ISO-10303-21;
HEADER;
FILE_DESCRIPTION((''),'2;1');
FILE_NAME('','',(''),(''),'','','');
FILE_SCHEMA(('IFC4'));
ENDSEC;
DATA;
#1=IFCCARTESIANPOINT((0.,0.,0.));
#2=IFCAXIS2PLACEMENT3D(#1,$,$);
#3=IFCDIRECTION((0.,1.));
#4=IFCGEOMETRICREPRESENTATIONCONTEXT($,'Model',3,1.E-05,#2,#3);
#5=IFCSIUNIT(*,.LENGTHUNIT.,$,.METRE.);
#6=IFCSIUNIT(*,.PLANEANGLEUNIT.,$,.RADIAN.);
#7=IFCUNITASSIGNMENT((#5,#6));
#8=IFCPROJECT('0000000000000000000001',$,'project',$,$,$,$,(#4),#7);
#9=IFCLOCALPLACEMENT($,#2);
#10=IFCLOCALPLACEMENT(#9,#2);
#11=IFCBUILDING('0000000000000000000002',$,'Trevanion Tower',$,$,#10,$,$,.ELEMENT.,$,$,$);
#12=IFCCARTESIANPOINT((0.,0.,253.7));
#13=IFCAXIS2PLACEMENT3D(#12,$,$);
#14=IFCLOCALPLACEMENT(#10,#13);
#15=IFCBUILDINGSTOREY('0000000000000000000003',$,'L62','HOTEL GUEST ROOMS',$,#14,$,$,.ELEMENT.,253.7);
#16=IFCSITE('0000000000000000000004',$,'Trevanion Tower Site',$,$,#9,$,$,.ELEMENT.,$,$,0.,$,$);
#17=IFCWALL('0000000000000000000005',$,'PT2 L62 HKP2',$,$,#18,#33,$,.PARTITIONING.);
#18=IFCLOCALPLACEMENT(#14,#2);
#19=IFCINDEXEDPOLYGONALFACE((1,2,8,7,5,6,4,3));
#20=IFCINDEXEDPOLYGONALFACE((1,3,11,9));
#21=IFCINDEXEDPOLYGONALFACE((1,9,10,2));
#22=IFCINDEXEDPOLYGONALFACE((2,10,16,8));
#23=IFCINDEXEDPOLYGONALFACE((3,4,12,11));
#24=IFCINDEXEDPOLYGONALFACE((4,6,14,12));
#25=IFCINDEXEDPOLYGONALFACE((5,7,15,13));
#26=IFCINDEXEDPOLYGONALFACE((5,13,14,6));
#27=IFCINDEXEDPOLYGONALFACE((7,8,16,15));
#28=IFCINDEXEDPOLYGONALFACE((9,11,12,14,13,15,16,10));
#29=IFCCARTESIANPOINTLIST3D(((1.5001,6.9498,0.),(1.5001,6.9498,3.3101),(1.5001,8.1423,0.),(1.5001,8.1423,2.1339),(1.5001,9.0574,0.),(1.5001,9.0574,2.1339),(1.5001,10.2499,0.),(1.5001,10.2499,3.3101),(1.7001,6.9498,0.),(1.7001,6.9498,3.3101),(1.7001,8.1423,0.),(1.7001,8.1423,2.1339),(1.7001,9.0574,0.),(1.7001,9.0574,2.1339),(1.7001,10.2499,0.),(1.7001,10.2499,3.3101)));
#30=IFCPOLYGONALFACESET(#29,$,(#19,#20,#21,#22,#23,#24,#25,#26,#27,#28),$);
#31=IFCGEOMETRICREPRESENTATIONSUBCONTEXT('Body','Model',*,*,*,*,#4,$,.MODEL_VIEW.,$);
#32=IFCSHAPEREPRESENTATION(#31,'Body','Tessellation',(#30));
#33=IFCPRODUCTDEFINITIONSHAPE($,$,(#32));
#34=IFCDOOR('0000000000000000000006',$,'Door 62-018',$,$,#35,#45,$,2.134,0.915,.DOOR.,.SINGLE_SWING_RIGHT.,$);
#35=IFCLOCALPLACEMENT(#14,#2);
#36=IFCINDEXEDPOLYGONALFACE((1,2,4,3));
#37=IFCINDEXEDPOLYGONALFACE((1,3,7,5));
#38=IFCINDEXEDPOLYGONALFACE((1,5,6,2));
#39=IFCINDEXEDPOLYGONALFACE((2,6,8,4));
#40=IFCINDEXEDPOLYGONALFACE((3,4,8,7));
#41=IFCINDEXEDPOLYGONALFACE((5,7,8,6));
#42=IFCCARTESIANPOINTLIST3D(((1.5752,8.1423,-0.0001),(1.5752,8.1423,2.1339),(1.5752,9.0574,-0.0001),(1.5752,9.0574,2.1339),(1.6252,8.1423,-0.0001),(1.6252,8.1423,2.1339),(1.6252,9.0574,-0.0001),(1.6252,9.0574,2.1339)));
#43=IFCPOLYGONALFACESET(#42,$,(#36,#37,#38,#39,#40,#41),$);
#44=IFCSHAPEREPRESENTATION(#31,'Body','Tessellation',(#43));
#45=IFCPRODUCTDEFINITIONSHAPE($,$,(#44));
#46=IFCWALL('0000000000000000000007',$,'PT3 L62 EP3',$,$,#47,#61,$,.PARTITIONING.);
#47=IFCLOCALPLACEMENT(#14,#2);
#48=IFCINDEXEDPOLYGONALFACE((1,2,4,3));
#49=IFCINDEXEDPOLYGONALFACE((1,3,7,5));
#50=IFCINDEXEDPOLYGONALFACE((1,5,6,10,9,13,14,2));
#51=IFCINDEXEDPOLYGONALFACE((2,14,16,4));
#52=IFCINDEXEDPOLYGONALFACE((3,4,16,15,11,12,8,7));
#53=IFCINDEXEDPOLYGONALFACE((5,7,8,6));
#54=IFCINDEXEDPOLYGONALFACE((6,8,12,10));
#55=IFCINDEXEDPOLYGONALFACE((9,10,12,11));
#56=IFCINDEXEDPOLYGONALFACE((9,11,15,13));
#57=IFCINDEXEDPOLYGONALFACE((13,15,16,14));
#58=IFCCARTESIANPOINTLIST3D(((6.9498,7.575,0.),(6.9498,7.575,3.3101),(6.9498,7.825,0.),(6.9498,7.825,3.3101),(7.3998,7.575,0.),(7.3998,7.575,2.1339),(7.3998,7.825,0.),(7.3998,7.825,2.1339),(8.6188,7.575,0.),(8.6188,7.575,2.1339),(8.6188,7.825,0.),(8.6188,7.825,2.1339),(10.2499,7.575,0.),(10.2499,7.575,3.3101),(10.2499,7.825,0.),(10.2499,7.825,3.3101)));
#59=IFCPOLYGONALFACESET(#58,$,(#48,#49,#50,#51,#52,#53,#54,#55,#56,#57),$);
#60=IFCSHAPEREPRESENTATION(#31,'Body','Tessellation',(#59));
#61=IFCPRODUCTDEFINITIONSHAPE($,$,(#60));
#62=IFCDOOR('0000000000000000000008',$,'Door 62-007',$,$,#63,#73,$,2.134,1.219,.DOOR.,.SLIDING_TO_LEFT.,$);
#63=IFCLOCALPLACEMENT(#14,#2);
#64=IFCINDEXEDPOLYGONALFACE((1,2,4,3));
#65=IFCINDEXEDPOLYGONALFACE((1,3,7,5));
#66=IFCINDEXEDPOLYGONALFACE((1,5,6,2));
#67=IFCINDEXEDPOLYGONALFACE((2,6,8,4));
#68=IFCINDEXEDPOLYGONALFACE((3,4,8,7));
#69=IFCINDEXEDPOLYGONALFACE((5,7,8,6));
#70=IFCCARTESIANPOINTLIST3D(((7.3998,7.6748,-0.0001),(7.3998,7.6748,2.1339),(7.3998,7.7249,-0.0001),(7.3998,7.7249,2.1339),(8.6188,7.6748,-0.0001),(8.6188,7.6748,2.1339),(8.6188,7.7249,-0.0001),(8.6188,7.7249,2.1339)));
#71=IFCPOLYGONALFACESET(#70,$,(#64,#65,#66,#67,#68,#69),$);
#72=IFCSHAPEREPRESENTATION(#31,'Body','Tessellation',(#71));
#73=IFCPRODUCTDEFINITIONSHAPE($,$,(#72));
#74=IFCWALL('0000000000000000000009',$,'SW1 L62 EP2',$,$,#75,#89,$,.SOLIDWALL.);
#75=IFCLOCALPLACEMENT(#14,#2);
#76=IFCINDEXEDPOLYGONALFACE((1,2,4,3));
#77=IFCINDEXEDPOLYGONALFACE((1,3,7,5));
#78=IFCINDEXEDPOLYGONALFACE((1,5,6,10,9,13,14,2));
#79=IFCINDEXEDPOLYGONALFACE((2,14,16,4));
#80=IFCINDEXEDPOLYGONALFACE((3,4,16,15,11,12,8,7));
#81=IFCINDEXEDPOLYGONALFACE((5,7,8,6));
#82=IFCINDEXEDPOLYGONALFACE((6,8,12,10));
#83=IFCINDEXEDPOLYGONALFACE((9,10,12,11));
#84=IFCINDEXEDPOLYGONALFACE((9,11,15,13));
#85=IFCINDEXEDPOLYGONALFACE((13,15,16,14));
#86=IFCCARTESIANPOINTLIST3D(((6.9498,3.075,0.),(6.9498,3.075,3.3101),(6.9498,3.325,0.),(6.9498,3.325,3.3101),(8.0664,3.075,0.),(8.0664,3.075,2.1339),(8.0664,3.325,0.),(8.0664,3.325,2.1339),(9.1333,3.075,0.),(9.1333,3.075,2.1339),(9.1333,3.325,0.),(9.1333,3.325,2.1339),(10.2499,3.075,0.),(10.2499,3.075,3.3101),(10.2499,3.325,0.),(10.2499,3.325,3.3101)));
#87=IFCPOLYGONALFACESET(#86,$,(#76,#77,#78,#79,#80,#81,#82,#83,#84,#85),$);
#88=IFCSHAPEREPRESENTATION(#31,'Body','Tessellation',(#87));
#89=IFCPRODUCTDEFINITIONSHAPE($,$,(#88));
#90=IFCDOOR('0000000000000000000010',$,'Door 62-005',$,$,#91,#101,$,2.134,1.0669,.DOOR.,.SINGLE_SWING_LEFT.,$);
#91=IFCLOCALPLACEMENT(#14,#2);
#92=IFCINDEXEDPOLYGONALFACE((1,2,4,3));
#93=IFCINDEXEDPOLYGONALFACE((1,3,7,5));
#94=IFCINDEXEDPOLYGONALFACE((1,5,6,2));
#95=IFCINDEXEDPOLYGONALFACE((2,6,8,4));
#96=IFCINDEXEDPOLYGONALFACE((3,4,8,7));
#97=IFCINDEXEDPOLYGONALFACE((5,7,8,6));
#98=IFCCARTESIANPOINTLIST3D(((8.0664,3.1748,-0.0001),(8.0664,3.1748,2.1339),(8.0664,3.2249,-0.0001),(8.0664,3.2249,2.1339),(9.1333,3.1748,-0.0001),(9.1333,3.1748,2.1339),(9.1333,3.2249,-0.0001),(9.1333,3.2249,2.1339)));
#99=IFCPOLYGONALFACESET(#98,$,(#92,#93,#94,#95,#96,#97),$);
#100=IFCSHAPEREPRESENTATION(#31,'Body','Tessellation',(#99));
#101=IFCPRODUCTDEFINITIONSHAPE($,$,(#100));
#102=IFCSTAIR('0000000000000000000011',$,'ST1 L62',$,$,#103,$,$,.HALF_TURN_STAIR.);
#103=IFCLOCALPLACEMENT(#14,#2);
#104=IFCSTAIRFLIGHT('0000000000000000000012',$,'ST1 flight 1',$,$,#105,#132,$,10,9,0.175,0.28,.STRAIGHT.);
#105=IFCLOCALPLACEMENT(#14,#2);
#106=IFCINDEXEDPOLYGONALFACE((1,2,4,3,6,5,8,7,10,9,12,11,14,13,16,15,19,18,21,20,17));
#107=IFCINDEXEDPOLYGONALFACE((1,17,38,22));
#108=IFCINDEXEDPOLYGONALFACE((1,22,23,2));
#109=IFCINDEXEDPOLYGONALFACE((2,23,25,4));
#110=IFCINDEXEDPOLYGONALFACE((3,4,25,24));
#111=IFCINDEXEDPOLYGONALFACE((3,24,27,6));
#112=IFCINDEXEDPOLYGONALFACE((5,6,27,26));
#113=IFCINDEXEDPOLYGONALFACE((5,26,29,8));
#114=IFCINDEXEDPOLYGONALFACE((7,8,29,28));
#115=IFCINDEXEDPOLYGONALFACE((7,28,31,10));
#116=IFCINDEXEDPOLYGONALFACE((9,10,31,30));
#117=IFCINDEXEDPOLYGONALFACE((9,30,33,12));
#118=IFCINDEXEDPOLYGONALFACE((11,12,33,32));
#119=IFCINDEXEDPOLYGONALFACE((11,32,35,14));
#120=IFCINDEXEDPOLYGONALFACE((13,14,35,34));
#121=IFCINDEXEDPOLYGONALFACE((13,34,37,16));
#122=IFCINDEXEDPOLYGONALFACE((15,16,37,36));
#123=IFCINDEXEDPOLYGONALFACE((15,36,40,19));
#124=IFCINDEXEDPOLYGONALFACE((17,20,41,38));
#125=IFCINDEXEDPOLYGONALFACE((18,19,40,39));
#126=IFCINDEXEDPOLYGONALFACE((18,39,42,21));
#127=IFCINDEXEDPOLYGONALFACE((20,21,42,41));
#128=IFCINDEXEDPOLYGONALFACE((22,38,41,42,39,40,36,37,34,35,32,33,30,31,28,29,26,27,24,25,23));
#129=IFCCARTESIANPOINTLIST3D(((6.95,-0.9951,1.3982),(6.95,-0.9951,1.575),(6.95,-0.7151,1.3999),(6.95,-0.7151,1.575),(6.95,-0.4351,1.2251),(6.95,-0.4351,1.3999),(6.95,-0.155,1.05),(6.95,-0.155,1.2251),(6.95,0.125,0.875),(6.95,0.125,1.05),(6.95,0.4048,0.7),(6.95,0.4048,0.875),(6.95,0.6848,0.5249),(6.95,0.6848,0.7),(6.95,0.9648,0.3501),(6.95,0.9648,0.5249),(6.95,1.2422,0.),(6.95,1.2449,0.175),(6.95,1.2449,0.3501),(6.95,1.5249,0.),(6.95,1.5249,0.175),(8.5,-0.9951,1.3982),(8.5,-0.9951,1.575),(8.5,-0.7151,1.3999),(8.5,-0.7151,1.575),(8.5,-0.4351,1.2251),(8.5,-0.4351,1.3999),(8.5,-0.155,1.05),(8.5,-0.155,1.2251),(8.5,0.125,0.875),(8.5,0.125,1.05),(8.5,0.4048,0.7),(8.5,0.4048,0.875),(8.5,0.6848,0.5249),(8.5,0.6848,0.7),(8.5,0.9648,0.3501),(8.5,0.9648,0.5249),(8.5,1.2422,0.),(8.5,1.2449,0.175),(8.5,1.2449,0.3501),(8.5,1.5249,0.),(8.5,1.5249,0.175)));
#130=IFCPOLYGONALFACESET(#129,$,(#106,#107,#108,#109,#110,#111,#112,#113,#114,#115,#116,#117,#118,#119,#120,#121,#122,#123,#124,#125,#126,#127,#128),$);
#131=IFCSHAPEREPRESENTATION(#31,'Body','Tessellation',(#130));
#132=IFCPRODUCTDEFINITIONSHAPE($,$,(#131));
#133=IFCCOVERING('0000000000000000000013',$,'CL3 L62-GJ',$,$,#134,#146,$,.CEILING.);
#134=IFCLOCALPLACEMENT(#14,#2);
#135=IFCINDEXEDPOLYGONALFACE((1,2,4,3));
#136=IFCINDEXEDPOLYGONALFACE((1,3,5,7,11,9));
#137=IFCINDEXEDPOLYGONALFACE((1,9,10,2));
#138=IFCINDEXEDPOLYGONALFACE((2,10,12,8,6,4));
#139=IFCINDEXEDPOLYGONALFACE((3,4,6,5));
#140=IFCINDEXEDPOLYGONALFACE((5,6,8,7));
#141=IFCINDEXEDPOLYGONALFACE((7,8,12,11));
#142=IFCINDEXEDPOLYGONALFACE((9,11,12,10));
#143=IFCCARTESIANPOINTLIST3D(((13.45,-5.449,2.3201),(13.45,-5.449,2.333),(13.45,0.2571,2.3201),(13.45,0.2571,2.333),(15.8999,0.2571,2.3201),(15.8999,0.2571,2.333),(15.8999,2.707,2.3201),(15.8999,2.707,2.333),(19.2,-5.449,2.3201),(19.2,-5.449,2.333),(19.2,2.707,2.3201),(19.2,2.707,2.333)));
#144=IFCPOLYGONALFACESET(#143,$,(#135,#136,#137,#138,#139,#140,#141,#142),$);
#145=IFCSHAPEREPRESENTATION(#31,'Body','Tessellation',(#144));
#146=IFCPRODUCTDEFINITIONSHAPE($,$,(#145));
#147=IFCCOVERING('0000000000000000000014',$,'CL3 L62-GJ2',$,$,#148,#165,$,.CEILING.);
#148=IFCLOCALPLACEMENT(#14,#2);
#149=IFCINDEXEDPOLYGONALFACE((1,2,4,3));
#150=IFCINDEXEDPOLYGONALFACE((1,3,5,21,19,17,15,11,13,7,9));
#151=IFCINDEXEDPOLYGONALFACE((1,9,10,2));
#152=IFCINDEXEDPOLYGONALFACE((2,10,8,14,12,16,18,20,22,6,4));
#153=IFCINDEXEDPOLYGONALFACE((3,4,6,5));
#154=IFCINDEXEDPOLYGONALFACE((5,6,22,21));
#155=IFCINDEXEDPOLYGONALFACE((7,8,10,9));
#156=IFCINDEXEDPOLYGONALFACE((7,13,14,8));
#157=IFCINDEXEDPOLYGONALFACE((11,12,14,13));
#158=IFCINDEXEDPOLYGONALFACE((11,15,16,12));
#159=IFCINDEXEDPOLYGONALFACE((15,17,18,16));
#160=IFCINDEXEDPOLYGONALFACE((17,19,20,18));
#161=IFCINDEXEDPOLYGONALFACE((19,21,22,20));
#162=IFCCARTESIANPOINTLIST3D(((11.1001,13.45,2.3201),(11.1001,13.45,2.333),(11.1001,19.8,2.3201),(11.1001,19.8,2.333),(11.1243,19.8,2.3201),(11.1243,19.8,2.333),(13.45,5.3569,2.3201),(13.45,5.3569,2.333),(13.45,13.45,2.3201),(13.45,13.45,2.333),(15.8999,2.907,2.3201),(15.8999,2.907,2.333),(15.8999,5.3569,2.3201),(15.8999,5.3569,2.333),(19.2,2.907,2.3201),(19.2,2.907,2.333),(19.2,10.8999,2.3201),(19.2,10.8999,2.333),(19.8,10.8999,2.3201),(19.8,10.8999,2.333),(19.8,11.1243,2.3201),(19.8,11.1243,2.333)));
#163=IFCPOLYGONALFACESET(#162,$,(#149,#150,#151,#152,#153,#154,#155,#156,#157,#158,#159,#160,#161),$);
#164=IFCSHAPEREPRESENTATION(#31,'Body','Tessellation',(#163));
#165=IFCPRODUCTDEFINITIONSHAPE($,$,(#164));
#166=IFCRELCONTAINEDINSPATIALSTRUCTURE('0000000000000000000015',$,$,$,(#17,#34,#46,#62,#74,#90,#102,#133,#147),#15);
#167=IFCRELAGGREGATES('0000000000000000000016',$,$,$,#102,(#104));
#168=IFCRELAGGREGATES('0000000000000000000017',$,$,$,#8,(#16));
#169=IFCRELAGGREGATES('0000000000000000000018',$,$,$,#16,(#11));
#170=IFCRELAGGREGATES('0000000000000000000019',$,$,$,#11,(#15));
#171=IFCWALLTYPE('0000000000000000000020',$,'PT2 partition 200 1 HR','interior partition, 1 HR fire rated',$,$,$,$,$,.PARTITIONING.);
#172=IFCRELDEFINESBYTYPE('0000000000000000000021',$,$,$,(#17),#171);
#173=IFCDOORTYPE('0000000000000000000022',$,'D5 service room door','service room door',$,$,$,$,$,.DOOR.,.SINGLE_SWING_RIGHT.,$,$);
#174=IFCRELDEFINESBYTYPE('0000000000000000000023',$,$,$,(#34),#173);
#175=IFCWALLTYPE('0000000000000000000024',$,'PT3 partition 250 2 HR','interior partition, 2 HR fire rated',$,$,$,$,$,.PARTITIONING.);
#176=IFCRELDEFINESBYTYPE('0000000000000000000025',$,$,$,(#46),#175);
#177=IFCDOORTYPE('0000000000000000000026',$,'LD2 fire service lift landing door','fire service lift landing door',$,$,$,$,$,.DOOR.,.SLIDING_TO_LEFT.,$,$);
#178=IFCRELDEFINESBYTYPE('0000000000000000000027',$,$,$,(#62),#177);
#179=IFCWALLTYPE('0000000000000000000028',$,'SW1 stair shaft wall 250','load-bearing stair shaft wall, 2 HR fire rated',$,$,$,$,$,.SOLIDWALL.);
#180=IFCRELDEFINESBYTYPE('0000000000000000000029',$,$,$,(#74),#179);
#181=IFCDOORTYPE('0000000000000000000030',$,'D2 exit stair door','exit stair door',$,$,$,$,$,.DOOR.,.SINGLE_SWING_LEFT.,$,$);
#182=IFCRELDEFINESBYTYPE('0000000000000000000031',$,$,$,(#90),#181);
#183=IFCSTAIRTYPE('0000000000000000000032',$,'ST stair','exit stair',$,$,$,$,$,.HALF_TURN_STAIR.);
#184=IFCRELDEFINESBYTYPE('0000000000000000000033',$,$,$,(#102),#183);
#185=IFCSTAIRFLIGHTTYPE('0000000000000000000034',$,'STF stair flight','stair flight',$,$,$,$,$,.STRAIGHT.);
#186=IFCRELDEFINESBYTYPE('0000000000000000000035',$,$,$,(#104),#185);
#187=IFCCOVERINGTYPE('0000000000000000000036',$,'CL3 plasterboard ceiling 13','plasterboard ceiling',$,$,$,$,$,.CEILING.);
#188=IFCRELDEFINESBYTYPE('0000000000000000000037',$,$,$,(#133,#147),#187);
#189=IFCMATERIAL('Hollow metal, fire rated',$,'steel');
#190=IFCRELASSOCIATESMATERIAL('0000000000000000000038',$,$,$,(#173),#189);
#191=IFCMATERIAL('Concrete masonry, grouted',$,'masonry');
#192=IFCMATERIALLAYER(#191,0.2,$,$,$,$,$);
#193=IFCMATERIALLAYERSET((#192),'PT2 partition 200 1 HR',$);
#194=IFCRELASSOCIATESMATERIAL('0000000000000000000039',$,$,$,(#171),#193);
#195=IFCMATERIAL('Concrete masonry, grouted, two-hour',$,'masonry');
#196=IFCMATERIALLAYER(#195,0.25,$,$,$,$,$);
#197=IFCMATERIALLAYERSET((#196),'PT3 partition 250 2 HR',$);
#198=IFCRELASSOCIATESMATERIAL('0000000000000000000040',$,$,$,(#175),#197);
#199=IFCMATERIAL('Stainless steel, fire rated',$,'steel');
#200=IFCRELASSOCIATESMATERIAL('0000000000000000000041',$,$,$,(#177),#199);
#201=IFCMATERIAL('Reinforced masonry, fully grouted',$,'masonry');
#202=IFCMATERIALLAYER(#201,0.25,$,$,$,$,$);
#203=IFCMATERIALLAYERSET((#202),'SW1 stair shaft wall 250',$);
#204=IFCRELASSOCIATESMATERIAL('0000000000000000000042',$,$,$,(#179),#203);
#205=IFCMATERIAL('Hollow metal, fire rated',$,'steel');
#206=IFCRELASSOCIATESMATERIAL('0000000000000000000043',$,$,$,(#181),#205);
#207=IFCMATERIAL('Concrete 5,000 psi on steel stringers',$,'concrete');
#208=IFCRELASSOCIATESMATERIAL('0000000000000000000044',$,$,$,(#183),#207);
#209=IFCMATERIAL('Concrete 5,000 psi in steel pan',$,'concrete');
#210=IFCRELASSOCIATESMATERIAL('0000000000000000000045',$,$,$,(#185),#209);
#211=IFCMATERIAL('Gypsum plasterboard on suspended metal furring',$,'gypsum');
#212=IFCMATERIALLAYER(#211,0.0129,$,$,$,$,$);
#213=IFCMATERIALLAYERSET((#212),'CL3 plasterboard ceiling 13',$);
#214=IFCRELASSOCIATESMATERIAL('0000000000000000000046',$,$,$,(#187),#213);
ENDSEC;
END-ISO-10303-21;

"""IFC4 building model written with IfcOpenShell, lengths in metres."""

from ifc_helpers import new_model, si_unit, direction, frame, frame_2d, origin, place, context, subcontext, project, spatial, polyline, rectangle, outline, extrude, material, layer, layer_set, type_object, element, fill, aggregate, save


model = new_model("IFC4")

# Units and contexts
model_context = context("Model", 3, precision=1e-05, world=origin(), true_north=direction((0.0, 1.0)))
body_context = subcontext(model_context, "Body", "Model", "MODEL_VIEW")
ifc_project = project(units=[si_unit("LENGTHUNIT", "METRE"), si_unit("PLANEANGLEUNIT", "RADIAN")], contexts=[model_context])

# Site, building, storey
site_placement = place(None, origin())
site = spatial("IfcSite", under=ifc_project, at=site_placement, Name="Trevanion Tower Site", CompositionType="ELEMENT", RefElevation=0.0)
building_placement = place(site_placement, origin())
building = spatial("IfcBuilding", under=site, at=building_placement, Name="Trevanion Tower", CompositionType="ELEMENT")
storey_placement = place(building_placement, frame((0.0, 0.0, 253.7)))
storey = spatial("IfcBuildingStorey", under=building, at=storey_placement, Name="L62", Description="HOTEL GUEST ROOMS", CompositionType="ELEMENT", Elevation=253.7)

# Shared definitions
ifc_material_1 = material(Name="Hollow metal, fire rated", Category="steel")
door_type_1 = type_object("IfcDoorType", Name="D5 service room door", Description="service room door", OperationType="SINGLE_SWING_RIGHT", PredefinedType="DOOR", material=ifc_material_1)

# Walls, openings, doors
ifc_material_2 = material(Name="Concrete masonry, grouted", Category="masonry")
ifc_layer_1 = layer(ifc_material_2, 0.2)
ifc_layer_set_1 = layer_set([ifc_layer_1], Name="PT2 partition 200 1 HR")
wall_type_1 = type_object("IfcWallType", Name="PT2 partition 200 1 HR", Description="interior partition, 1 HR fire rated", PredefinedType="PARTITIONING", material=ifc_layer_set_1)
wall_1_placement = place(storey_placement, frame((1.6001, 6.95, 0.0), z_axis=(0.0, 0.0, 1.0), x_axis=(0.0, 1.0, 0.0)))
wall_1 = element("IfcWall", 1, at=wall_1_placement, inside=storey, type_object=wall_type_1, Name="PT2 L62 HKP2", PredefinedType="PARTITIONING", context=body_context, shape_type="SweptSolid", body=[
    extrude(rectangle(XDim=3.3, YDim=0.2, at=frame_2d((1.6499, 0.0))), origin(), (0.0, 0.0, 1.0), 3.3101),
])
opening_1_placement = place(wall_1_placement, frame((1.1924, 0.0, 0.0)))
opening_1 = element("IfcOpeningElement", 2, at=opening_1_placement, cuts=wall_1, PredefinedType="OPENING", context=body_context, shape_type="SweptSolid", body=[
    extrude(rectangle(XDim=0.915, YDim=2.134, at=frame_2d((0.4575, 1.0669))), frame((0.0, 0.1099, 0.0), z_axis=(0.0, -1.0, 0.0), x_axis=(1.0, 0.0, 0.0)), (0.0, 0.0, 1.0), 0.22),
])
door_1_placement = place(opening_1_placement, origin())
door_1 = element("IfcDoor", 3, at=door_1_placement, inside=storey, type_object=door_type_1, Name="Door 62-018", OperationType="SINGLE_SWING_RIGHT", OverallHeight=2.134, OverallWidth=0.915, PredefinedType="DOOR", context=body_context, shape_type="SweptSolid", body=[
    extrude(rectangle(XDim=0.915, YDim=2.134, at=frame_2d((0.4575, 1.0669))), frame((0.0, 0.0249, 0.0), z_axis=(0.0, -1.0, 0.0), x_axis=(1.0, 0.0, 0.0)), (0.0, 0.0, 1.0), 0.05),
])
fill(opening_1, door_1)
ifc_material_3 = material(Name="Concrete masonry, grouted, two-hour", Category="masonry")
ifc_layer_2 = layer(ifc_material_3, 0.25)
ifc_layer_set_2 = layer_set([ifc_layer_2], Name="PT3 partition 250 2 HR")
wall_type_2 = type_object("IfcWallType", Name="PT3 partition 250 2 HR", Description="interior partition, 2 HR fire rated", PredefinedType="PARTITIONING", material=ifc_layer_set_2)
wall_2_placement = place(storey_placement, frame((6.95, 7.7, 0.0), z_axis=(0.0, 0.0, 1.0), x_axis=(1.0, 0.0, 0.0)))
wall_2 = element("IfcWall", 4, at=wall_2_placement, inside=storey, type_object=wall_type_2, Name="PT3 L62 EP3", PredefinedType="PARTITIONING", context=body_context, shape_type="SweptSolid", body=[
    extrude(rectangle(XDim=3.3, YDim=0.25, at=frame_2d((1.6499, 0.0))), origin(), (0.0, 0.0, 1.0), 3.3101),
])
opening_2_placement = place(wall_2_placement, frame((0.45, 0.0, 0.0)))
opening_2 = element("IfcOpeningElement", 5, at=opening_2_placement, cuts=wall_2, PredefinedType="OPENING", context=body_context, shape_type="SweptSolid", body=[
    extrude(rectangle(XDim=1.219, YDim=2.134, at=frame_2d((0.6094, 1.0669))), frame((0.0, 0.135, 0.0), z_axis=(0.0, -1.0, 0.0), x_axis=(1.0, 0.0, 0.0)), (0.0, 0.0, 1.0), 0.27),
])
ifc_material_4 = material(Name="Stainless steel, fire rated", Category="steel")
door_type_2 = type_object("IfcDoorType", Name="LD2 fire service lift landing door", Description="fire service lift landing door", OperationType="SLIDING_TO_LEFT", PredefinedType="DOOR", material=ifc_material_4)
door_2_placement = place(opening_2_placement, origin())
door_2 = element("IfcDoor", 6, at=door_2_placement, inside=storey, type_object=door_type_2, Name="Door 62-007", OperationType="SLIDING_TO_LEFT", OverallHeight=2.134, OverallWidth=1.219, PredefinedType="DOOR", context=body_context, shape_type="SweptSolid", body=[
    extrude(rectangle(XDim=1.219, YDim=2.134, at=frame_2d((0.6094, 1.0669))), frame((0.0, 0.0249, 0.0), z_axis=(0.0, -1.0, 0.0), x_axis=(1.0, 0.0, 0.0)), (0.0, 0.0, 1.0), 0.05),
])
fill(opening_2, door_2)
ifc_material_5 = material(Name="Reinforced masonry, fully grouted", Category="masonry")
ifc_layer_3 = layer(ifc_material_5, 0.25)
ifc_layer_set_3 = layer_set([ifc_layer_3], Name="SW1 stair shaft wall 250")
wall_type_3 = type_object("IfcWallType", Name="SW1 stair shaft wall 250", Description="load-bearing stair shaft wall, 2 HR fire rated", PredefinedType="SOLIDWALL", material=ifc_layer_set_3)
wall_3_placement = place(storey_placement, frame((6.95, 3.2, 0.0), z_axis=(0.0, 0.0, 1.0), x_axis=(1.0, 0.0, 0.0)))
wall_3 = element("IfcWall", 7, at=wall_3_placement, inside=storey, type_object=wall_type_3, Name="SW1 L62 EP2", PredefinedType="SOLIDWALL", context=body_context, shape_type="SweptSolid", body=[
    extrude(rectangle(XDim=3.3, YDim=0.25, at=frame_2d((1.6499, 0.0))), origin(), (0.0, 0.0, 1.0), 3.3101),
])
opening_3_placement = place(wall_3_placement, frame((1.1165, 0.0, 0.0)))
opening_3 = element("IfcOpeningElement", 8, at=opening_3_placement, cuts=wall_3, PredefinedType="OPENING", context=body_context, shape_type="SweptSolid", body=[
    extrude(rectangle(XDim=1.0669, YDim=2.134, at=frame_2d((0.5334, 1.0669))), frame((0.0, 0.135, 0.0), z_axis=(0.0, -1.0, 0.0), x_axis=(1.0, 0.0, 0.0)), (0.0, 0.0, 1.0), 0.27),
])
ifc_material_6 = material(Name="Hollow metal, fire rated", Category="steel")
door_type_3 = type_object("IfcDoorType", Name="D2 exit stair door", Description="exit stair door", OperationType="SINGLE_SWING_LEFT", PredefinedType="DOOR", material=ifc_material_6)
door_3_placement = place(opening_3_placement, origin())
door_3 = element("IfcDoor", 9, at=door_3_placement, inside=storey, type_object=door_type_3, Name="Door 62-005", OperationType="SINGLE_SWING_LEFT", OverallHeight=2.134, OverallWidth=1.0669, PredefinedType="DOOR", context=body_context, shape_type="SweptSolid", body=[
    extrude(rectangle(XDim=1.0669, YDim=2.134, at=frame_2d((0.5334, 1.0669))), frame((0.0, 0.0249, 0.0), z_axis=(0.0, -1.0, 0.0), x_axis=(1.0, 0.0, 0.0)), (0.0, 0.0, 1.0), 0.05),
])
fill(opening_3, door_3)

# Stair, stair flight
ifc_material_7 = material(Name="Concrete 5,000 psi on steel stringers", Category="concrete")
stair_type = type_object("IfcStairType", Name="ST stair", Description="exit stair", PredefinedType="HALF_TURN_STAIR", material=ifc_material_7)
stair_placement = place(storey_placement, origin())
stair = element("IfcStair", 10, at=stair_placement, inside=storey, type_object=stair_type, Name="ST1 L62", PredefinedType="HALF_TURN_STAIR")
ifc_material_8 = material(Name="Concrete 5,000 psi in steel pan", Category="concrete")
stair_flight_type = type_object("IfcStairFlightType", Name="STF stair flight", Description="stair flight", PredefinedType="STRAIGHT", material=ifc_material_8)
stair_flight_placement = place(storey_placement, frame((7.7251, 1.5249, 0.0), z_axis=(0.0, 0.0, 1.0), x_axis=(0.0, -1.0, 0.0)))
stair_flight = element("IfcStairFlight", 11, at=stair_flight_placement, type_object=stair_flight_type, Name="ST1 flight 1", NumberOfRisers=10, NumberOfTreads=9, PredefinedType="STRAIGHT", RiserHeight=0.175, TreadLength=0.28, context=body_context, shape_type="SweptSolid", body=[
    extrude(outline(polyline([(0.0, 0.0), (0.0, 0.175), (0.28, 0.175), (0.28, 0.3501), (0.5601, 0.3501), (0.5601, 0.5249), (0.8401, 0.5249), (0.8401, 0.7), (1.1201, 0.7), (1.1201, 0.875), (1.3999, 0.875), (1.3999, 1.05), (1.6799, 1.05), (1.6799, 1.2251), (1.96, 1.2251), (1.96, 1.3999), (2.24, 1.3999), (2.24, 1.575), (2.52, 1.575), (2.52, 1.75), (2.52, 1.3982), (0.2827, 0.0), (0.0, 0.0)])), frame((0.0, 0.7749, 0.0), z_axis=(0.0, -1.0, 0.0), x_axis=(1.0, 0.0, 0.0)), (0.0, 0.0, 1.0), 1.55),
])
aggregate(stair, [stair_flight])

# Coverings
ifc_material_9 = material(Name="Gypsum plasterboard on suspended metal furring", Category="gypsum")
ifc_layer_4 = layer(ifc_material_9, 0.0129)
ifc_layer_set_4 = layer_set([ifc_layer_4], Name="CL3 plasterboard ceiling 13")
covering_type_1 = type_object("IfcCoveringType", Name="CL3 plasterboard ceiling 13", Description="plasterboard ceiling", PredefinedType="CEILING", material=ifc_layer_set_4)
covering_1_placement = place(storey_placement, frame((0.0, 0.0, 2.3201)))
element("IfcCovering", 12, at=covering_1_placement, inside=storey, type_object=covering_type_1, Name="CL3 L62-GJ", PredefinedType="CEILING", context=body_context, shape_type="SweptSolid", body=[
    extrude(outline(polyline([(13.45, 0.2571), (15.8999, 0.2571), (15.8999, 2.707), (19.2, 2.707), (19.2, -5.449), (13.45, -5.449), (13.45, 0.2571)])), origin(), (0.0, 0.0, 1.0), 0.0129),
])
covering_2_placement = place(storey_placement, frame((0.0, 0.0, 2.3201)))
element("IfcCovering", 13, at=covering_2_placement, inside=storey, type_object=covering_type_1, Name="CL3 L62-GJ2", PredefinedType="CEILING", context=body_context, shape_type="SweptSolid", body=[
    extrude(outline(polyline([(11.1001, 13.45), (11.1001, 19.8), (11.1243, 19.8), (19.8, 11.1243), (19.8, 10.8999), (19.2, 10.8999), (19.2, 2.907), (15.8999, 2.907), (15.8999, 5.3569), (13.45, 5.3569), (13.45, 13.45), (11.1001, 13.45)])), origin(), (0.0, 0.0, 1.0), 0.0129),
])

save(model, "model.ifc")
